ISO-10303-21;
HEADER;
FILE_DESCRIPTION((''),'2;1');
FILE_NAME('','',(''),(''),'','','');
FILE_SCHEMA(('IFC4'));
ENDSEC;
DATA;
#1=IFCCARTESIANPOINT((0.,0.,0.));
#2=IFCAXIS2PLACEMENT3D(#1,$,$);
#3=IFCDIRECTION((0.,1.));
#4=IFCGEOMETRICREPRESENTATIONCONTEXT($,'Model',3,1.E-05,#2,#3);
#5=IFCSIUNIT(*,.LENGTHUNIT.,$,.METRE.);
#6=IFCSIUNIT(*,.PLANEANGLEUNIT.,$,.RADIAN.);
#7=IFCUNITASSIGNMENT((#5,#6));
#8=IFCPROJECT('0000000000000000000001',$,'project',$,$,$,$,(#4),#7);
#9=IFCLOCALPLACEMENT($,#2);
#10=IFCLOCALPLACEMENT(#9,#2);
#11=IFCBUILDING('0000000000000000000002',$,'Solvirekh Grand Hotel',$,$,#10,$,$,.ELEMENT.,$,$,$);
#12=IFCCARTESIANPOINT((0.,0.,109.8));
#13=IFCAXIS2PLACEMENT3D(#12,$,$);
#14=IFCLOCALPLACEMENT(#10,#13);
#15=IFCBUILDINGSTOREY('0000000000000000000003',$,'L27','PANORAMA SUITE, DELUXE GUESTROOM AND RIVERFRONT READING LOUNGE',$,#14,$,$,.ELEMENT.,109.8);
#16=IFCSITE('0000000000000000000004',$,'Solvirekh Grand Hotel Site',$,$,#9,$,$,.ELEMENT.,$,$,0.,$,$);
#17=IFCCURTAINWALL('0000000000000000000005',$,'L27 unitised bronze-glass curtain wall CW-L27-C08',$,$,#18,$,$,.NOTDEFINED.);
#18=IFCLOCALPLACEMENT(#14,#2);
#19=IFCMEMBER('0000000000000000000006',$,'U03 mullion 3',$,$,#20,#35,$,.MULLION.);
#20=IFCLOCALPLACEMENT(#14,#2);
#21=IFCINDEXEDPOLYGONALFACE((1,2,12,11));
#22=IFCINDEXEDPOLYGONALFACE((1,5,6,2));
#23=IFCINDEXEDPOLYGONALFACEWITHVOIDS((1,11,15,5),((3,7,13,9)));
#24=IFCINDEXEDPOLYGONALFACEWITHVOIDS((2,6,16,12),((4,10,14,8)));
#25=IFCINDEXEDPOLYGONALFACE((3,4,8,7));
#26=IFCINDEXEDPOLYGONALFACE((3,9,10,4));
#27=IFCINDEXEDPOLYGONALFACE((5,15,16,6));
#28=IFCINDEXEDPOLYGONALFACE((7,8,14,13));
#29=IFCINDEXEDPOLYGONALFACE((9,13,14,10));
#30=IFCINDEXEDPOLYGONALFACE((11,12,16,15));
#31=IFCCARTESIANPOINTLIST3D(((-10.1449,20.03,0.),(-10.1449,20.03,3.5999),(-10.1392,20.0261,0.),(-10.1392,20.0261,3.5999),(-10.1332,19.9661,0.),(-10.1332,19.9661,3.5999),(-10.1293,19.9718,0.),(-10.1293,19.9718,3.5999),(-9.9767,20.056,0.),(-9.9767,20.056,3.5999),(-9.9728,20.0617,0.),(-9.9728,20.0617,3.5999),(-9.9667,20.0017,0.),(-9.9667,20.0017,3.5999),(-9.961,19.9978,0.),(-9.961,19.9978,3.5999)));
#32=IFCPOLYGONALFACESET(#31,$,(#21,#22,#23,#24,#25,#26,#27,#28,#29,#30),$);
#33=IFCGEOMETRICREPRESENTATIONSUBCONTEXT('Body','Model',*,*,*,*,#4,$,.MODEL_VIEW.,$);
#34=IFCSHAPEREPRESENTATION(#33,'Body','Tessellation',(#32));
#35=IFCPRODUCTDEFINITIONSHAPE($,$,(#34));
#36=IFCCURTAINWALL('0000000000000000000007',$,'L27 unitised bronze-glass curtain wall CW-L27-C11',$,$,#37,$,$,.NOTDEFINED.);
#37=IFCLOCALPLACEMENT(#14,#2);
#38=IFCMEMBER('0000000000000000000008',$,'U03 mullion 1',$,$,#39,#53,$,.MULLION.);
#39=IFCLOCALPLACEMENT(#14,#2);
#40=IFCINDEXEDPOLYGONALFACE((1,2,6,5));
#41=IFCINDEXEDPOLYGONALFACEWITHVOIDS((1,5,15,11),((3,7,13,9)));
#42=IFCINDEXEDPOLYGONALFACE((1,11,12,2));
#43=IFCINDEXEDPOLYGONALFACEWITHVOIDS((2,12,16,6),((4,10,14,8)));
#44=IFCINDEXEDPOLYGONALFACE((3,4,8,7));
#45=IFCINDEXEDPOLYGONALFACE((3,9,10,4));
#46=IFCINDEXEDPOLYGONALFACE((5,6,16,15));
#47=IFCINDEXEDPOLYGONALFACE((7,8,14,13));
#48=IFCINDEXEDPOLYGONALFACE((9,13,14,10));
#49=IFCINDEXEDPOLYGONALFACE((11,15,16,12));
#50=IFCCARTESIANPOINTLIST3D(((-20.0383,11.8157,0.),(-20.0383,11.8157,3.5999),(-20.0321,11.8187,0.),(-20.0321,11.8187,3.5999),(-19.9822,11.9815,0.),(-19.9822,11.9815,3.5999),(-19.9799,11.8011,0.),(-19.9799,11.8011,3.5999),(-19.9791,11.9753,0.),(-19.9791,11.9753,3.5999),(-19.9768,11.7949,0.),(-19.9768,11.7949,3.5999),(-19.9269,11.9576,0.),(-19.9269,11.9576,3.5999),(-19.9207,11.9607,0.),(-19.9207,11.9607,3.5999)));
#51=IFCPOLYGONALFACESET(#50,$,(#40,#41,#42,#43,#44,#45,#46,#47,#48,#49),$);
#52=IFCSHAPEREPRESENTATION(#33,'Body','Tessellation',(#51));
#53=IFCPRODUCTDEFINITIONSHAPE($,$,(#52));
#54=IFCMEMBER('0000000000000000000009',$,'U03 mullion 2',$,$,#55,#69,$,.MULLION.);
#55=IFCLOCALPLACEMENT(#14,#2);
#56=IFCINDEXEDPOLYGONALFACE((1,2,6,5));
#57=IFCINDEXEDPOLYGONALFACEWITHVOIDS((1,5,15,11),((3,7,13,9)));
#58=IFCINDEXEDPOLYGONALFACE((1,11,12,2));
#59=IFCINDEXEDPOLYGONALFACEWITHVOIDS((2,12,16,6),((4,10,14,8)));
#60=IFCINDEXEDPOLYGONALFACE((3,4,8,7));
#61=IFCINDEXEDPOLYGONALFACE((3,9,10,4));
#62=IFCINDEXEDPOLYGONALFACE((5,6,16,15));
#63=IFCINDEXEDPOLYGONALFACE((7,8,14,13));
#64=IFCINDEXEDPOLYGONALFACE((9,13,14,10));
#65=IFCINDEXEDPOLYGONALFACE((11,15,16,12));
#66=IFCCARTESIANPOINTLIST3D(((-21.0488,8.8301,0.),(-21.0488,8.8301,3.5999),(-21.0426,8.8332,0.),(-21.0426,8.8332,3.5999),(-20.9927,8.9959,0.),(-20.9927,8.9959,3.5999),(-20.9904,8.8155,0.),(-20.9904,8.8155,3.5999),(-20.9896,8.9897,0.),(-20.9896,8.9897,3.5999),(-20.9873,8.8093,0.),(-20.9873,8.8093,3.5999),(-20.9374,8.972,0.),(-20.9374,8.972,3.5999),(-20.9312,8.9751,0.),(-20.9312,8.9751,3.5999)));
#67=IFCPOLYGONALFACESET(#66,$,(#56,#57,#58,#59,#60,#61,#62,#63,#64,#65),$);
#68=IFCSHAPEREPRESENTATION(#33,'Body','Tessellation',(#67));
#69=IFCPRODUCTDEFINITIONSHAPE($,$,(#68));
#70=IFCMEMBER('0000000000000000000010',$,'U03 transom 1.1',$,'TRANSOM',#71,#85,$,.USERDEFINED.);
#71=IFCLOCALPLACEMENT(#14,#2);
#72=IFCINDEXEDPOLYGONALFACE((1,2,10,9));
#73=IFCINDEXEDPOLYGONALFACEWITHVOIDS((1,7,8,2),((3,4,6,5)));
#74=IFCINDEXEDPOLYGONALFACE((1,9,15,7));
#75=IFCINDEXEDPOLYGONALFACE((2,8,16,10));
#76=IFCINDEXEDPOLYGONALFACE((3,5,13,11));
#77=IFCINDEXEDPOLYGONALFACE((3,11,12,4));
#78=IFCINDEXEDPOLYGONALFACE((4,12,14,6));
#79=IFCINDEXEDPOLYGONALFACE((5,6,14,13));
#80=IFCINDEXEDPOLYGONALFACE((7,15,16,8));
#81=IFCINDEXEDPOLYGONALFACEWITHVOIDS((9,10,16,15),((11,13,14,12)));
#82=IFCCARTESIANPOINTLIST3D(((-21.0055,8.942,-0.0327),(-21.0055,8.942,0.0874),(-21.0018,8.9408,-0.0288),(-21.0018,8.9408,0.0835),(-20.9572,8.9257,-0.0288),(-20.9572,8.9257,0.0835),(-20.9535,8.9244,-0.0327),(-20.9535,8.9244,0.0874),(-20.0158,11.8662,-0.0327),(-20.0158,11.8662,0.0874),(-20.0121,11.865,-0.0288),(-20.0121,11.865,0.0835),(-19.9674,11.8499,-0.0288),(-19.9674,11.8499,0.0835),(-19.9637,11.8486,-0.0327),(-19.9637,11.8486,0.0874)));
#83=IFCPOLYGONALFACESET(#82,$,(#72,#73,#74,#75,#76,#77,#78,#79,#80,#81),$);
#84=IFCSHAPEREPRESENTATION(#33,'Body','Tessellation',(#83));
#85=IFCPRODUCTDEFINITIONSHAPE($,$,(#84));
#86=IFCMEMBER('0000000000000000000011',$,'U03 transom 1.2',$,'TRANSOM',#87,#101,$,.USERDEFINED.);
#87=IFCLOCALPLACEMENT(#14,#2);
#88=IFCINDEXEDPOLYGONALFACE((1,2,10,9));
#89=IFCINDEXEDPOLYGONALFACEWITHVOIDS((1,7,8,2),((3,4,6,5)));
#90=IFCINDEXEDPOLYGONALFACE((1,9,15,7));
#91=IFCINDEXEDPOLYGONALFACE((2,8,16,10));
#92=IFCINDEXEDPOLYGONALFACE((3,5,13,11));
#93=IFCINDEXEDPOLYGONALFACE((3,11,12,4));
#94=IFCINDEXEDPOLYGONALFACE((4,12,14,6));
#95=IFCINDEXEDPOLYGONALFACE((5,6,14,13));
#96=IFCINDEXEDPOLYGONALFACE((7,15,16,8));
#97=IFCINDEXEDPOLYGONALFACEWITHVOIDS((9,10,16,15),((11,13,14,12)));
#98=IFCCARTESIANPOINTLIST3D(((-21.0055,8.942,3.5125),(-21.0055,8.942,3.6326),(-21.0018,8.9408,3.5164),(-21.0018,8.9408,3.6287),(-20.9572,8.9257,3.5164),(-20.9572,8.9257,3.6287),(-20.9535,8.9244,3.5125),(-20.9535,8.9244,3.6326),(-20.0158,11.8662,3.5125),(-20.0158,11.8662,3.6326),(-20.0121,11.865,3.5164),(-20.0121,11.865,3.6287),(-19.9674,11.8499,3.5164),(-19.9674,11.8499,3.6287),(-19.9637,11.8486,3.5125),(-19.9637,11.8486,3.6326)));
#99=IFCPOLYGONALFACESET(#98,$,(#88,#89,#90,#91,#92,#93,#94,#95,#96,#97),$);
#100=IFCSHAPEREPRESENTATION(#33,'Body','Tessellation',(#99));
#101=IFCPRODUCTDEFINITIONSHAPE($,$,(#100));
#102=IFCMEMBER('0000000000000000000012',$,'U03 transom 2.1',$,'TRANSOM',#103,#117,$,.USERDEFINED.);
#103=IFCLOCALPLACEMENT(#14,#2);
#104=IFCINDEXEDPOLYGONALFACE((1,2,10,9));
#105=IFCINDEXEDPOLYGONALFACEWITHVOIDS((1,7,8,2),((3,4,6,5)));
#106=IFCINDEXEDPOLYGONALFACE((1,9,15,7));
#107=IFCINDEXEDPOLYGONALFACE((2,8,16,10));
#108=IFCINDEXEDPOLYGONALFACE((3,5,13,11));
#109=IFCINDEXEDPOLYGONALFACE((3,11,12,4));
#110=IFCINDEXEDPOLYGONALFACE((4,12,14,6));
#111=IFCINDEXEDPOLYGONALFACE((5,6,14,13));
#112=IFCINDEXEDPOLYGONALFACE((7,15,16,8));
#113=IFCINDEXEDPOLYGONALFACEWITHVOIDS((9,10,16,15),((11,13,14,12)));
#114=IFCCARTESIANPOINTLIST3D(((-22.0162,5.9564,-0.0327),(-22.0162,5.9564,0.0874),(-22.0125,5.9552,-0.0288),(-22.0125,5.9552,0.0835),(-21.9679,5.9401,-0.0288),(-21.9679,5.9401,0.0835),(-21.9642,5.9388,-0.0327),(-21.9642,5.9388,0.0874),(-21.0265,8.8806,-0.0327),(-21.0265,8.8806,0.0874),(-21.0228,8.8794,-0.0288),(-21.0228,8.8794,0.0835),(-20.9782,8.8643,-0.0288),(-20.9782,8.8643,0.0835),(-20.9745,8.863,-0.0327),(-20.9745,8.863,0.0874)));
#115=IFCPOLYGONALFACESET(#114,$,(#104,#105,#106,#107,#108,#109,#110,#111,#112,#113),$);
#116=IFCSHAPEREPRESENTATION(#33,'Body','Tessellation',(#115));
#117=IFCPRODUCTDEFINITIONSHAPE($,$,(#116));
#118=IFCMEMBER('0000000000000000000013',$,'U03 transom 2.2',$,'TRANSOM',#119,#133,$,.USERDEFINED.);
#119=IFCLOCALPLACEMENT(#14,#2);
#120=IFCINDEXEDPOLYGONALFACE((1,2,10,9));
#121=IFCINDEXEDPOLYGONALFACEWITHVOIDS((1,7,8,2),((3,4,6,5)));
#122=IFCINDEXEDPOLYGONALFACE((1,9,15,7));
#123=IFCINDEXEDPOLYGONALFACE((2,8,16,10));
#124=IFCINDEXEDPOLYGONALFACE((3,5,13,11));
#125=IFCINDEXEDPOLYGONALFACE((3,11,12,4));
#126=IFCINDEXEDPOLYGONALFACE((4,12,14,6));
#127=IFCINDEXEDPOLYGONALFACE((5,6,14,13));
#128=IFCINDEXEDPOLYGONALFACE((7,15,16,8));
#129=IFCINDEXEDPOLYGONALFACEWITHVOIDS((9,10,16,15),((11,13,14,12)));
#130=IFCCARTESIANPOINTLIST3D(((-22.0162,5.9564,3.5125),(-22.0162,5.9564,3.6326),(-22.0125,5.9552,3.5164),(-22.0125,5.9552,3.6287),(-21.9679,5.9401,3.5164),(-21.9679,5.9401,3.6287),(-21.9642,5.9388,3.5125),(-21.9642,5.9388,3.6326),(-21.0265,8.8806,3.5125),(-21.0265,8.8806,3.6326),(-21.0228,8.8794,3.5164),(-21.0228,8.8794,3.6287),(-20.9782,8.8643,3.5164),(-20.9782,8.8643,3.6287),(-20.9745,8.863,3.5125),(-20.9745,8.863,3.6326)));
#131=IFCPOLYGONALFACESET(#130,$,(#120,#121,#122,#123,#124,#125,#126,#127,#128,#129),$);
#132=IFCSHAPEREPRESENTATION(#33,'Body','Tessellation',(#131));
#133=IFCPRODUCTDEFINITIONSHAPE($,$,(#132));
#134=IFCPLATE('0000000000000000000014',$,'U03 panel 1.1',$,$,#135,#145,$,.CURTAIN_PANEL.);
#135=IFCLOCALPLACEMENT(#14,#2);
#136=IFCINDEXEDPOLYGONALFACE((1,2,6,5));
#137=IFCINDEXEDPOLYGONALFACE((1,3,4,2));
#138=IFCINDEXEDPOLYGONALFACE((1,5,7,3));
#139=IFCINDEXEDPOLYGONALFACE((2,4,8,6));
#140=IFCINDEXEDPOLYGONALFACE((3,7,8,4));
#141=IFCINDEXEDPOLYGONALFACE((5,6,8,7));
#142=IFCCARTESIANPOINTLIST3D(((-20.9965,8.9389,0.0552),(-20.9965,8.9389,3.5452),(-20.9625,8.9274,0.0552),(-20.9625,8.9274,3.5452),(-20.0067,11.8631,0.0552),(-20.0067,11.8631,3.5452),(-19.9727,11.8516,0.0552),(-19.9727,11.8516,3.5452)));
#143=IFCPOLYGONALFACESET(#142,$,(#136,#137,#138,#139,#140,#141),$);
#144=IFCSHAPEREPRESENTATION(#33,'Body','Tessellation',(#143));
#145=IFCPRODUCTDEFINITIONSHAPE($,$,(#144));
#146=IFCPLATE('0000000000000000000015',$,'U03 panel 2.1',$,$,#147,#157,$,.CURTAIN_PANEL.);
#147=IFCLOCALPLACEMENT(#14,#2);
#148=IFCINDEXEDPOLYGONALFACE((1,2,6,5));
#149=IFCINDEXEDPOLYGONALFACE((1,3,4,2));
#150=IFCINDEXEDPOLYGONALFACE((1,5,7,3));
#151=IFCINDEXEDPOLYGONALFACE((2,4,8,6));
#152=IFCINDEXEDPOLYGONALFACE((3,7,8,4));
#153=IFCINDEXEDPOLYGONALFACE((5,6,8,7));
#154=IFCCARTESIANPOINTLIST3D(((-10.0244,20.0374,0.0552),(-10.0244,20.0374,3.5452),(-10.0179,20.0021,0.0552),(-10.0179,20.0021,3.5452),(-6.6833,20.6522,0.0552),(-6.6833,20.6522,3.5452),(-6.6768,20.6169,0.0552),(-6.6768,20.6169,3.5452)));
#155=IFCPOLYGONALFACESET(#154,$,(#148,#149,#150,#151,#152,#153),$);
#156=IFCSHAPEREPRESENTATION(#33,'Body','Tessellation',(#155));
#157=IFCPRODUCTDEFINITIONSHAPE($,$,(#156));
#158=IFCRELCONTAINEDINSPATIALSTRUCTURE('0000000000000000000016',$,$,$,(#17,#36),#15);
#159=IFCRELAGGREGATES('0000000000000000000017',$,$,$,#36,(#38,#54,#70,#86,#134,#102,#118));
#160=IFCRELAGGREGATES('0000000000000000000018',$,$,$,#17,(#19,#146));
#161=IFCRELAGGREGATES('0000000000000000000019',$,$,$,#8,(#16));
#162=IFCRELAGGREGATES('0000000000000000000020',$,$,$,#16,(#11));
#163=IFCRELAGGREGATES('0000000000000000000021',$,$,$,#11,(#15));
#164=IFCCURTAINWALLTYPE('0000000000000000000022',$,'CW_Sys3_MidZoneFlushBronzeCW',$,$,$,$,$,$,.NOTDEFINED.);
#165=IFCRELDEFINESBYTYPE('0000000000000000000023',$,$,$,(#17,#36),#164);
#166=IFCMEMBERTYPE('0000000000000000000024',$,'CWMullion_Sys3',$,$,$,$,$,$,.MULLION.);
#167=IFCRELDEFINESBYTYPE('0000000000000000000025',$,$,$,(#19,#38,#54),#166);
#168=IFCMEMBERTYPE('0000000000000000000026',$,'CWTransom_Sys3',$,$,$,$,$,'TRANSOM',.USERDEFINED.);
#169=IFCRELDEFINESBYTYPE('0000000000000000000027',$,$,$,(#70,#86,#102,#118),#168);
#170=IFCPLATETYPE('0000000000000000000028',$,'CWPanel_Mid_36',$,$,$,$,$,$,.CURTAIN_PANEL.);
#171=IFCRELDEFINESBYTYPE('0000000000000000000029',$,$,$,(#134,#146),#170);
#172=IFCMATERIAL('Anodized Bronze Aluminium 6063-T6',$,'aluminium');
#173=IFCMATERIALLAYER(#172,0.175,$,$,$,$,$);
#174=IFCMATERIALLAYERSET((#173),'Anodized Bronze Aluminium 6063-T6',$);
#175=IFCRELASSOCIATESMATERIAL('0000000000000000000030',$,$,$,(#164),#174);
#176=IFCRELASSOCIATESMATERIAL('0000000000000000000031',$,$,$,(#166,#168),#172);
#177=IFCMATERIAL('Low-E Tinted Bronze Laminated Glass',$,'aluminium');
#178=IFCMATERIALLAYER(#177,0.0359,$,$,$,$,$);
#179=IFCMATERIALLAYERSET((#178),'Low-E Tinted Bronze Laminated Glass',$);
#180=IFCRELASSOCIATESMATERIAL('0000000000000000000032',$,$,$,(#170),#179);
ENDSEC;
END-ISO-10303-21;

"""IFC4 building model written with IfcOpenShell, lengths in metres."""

from ifc_helpers import new_model, si_unit, direction, frame, origin, origin_2d, place, context, subcontext, project, spatial, rectangle, hollow_rectangle, extrude, source, transform, mapped, material, layer, layer_set, material_profile, profile_set, type_object, element, aggregate, save


model = new_model("IFC4")

# Units and contexts
model_context = context("Model", 3, precision=1e-05, world=origin(), true_north=direction((0.0, 1.0)))
body_context = subcontext(model_context, "Body", "Model", "MODEL_VIEW")
ifc_project = project(units=[si_unit("LENGTHUNIT", "METRE"), si_unit("PLANEANGLEUNIT", "RADIAN")], contexts=[model_context])

# Site, building, storey
site_placement = place(None, origin())
site = spatial("IfcSite", under=ifc_project, at=site_placement, Name="Solvirekh Grand Hotel Site", CompositionType="ELEMENT", RefElevation=0.0)
building_placement = place(site_placement, origin())
building = spatial("IfcBuilding", under=site, at=building_placement, Name="Solvirekh Grand Hotel", CompositionType="ELEMENT")
storey_placement = place(building_placement, frame((0.0, 0.0, 109.8)))
storey = spatial("IfcBuildingStorey", under=building, at=storey_placement, Name="L27", Description="PANORAMA SUITE, DELUXE GUESTROOM AND RIVERFRONT READING LOUNGE", CompositionType="ELEMENT", Elevation=109.8)

# Curtain wall, member
ifc_material_1 = material(Name="Anodized Bronze Aluminium 6063-T6", Category="aluminium")
ifc_layer_1 = layer(ifc_material_1, 0.175)
ifc_layer_set_1 = layer_set([ifc_layer_1], Name="Anodized Bronze Aluminium 6063-T6")
curtain_wall_type = type_object("IfcCurtainWallType", Name="CW_Sys3_MidZoneFlushBronzeCW", PredefinedType="NOTDEFINED", material=ifc_layer_set_1)
curtain_wall_1_placement = place(storey_placement, origin())
curtain_wall_1 = element("IfcCurtainWall", 1, at=curtain_wall_1_placement, inside=storey, type_object=curtain_wall_type, Name="L27 unitised bronze-glass curtain wall CW-L27-C08", PredefinedType="NOTDEFINED")
ifc_material_profile_1 = material_profile(ifc_material_1, hollow_rectangle(XDim=0.0649, YDim=0.175, WallThickness=0.0049, at=origin_2d()), Name="ALU RHS 175X65X5")
ifc_profile_set_1 = profile_set([ifc_material_profile_1], Name="Anodized Bronze Aluminium 6063-T6")
member_type_1 = type_object("IfcMemberType", Name="CWMullion_Sys3", PredefinedType="MULLION", material=ifc_profile_set_1)
shared_shape_1 = source(origin(), body_context, "Body", "SweptSolid", [
    extrude(hollow_rectangle(XDim=0.0649, YDim=0.175, WallThickness=0.0049, at=origin_2d()), origin(), (0.0, 0.0, 1.0), 3.5999),
])
member_1_placement = place(storey_placement, frame((-10.053, 20.0139, 0.0), z_axis=(0.0, 0.0, 1.0), x_axis=(0.180988, -0.983485, 0.0)))
member_1 = element("IfcMember", 2, at=member_1_placement, type_object=member_type_1, Name="U03 mullion 3", PredefinedType="MULLION", context=body_context, shape_type="MappedRepresentation", body=[
    mapped(shared_shape_1, transform((0.0, 0.0, 0.0), x_axis=(1.0, 0.0, 0.0), y_axis=(0.0, 1.0, 0.0), z_axis=(0.0, 0.0, 1.0), scale=1.0)),
])

# Curtain wall, members, plate
curtain_wall_2_placement = place(storey_placement, origin())
curtain_wall_2 = element("IfcCurtainWall", 3, at=curtain_wall_2_placement, inside=storey, type_object=curtain_wall_type, Name="L27 unitised bronze-glass curtain wall CW-L27-C11", PredefinedType="NOTDEFINED")
member_2_placement = place(storey_placement, frame((-19.9795, 11.8882, 0.0), z_axis=(0.0, 0.0, 1.0), x_axis=(0.947213, -0.320605, 0.0)))
member_2 = element("IfcMember", 4, at=member_2_placement, type_object=member_type_1, Name="U03 mullion 1", PredefinedType="MULLION", context=body_context, shape_type="MappedRepresentation", body=[
    mapped(shared_shape_1, transform((0.0, 0.0, 0.0), x_axis=(1.0, 0.0, 0.0), y_axis=(0.0, 1.0, 0.0), z_axis=(0.0, 0.0, 1.0), scale=1.0)),
])
member_3_placement = place(storey_placement, frame((-20.99, 8.9026, 0.0), z_axis=(0.0, 0.0, 1.0), x_axis=(0.947213, -0.320605, 0.0)))
member_3 = element("IfcMember", 5, at=member_3_placement, type_object=member_type_1, Name="U03 mullion 2", PredefinedType="MULLION", context=body_context, shape_type="MappedRepresentation", body=[
    mapped(shared_shape_1, transform((0.0, 0.0, 0.0), x_axis=(1.0, 0.0, 0.0), y_axis=(0.0, 1.0, 0.0), z_axis=(0.0, 0.0, 1.0), scale=1.0)),
])
ifc_material_profile_2 = material_profile(ifc_material_1, hollow_rectangle(XDim=0.0549, YDim=0.1201, WallThickness=0.0039, at=origin_2d()), Name="ALU RHS 120X55X4")
ifc_profile_set_2 = profile_set([ifc_material_profile_2], Name="Anodized Bronze Aluminium 6063-T6")
member_type_2 = type_object("IfcMemberType", Name="CWTransom_Sys3", ElementType="TRANSOM", PredefinedType="USERDEFINED", material=ifc_profile_set_2)
shared_shape_2 = source(origin(), body_context, "Body", "SweptSolid", [
    extrude(hollow_rectangle(XDim=0.0549, YDim=0.1201, WallThickness=0.0039, at=origin_2d()), origin(), (0.0, 0.0, 1.0), 3.0872),
])
member_4_placement = place(storey_placement, frame((-19.9897, 11.8574, 0.0273), z_axis=(-0.320614, -0.94721, 0.0), x_axis=(0.94721, -0.320614, 0.0)))
member_4 = element("IfcMember", 6, at=member_4_placement, type_object=member_type_2, Name="U03 transom 1.1", ObjectType="TRANSOM", PredefinedType="USERDEFINED", context=body_context, shape_type="MappedRepresentation", body=[
    mapped(shared_shape_2, transform((0.0, 0.0, 0.0), x_axis=(1.0, 0.0, 0.0), y_axis=(0.0, 1.0, 0.0), z_axis=(0.0, 0.0, 1.0), scale=1.0)),
])
member_5_placement = place(storey_placement, frame((-19.9897, 11.8574, 3.5725), z_axis=(-0.320614, -0.94721, 0.0), x_axis=(0.94721, -0.320614, 0.0)))
member_5 = element("IfcMember", 7, at=member_5_placement, type_object=member_type_2, Name="U03 transom 1.2", ObjectType="TRANSOM", PredefinedType="USERDEFINED", context=body_context, shape_type="MappedRepresentation", body=[
    mapped(shared_shape_2, transform((0.0, 0.0, 0.0), x_axis=(1.0, 0.0, 0.0), y_axis=(0.0, 1.0, 0.0), z_axis=(0.0, 0.0, 1.0), scale=1.0)),
])
member_6_placement = place(storey_placement, frame((-21.0005, 8.8718, 0.0273), z_axis=(-0.32059, -0.947218, 0.0), x_axis=(0.947218, -0.32059, 0.0)))
member_6 = element("IfcMember", 8, at=member_6_placement, type_object=member_type_2, Name="U03 transom 2.1", ObjectType="TRANSOM", PredefinedType="USERDEFINED", context=body_context, shape_type="MappedRepresentation", body=[
    mapped(shared_shape_2, transform((0.0, 0.0, 0.0), x_axis=(1.0, 0.0, 0.0), y_axis=(0.0, 1.0, 0.0), z_axis=(0.0, 0.0, 1.0), scale=1.0)),
])
member_7_placement = place(storey_placement, frame((-21.0005, 8.8718, 3.5725), z_axis=(-0.32059, -0.947218, 0.0), x_axis=(0.947218, -0.32059, 0.0)))
member_7 = element("IfcMember", 9, at=member_7_placement, type_object=member_type_2, Name="U03 transom 2.2", ObjectType="TRANSOM", PredefinedType="USERDEFINED", context=body_context, shape_type="MappedRepresentation", body=[
    mapped(shared_shape_2, transform((0.0, 0.0, 0.0), x_axis=(1.0, 0.0, 0.0), y_axis=(0.0, 1.0, 0.0), z_axis=(0.0, 0.0, 1.0), scale=1.0)),
])
ifc_material_2 = material(Name="Low-E Tinted Bronze Laminated Glass", Category="aluminium")
ifc_layer_2 = layer(ifc_material_2, 0.0359)
ifc_layer_set_2 = layer_set([ifc_layer_2], Name="Low-E Tinted Bronze Laminated Glass")
plate_type = type_object("IfcPlateType", Name="CWPanel_Mid_36", PredefinedType="CURTAIN_PANEL", material=ifc_layer_set_2)
shared_shape_3 = source(origin(), body_context, "Body", "SweptSolid", [
    extrude(rectangle(XDim=3.0872, YDim=0.0359, at=origin_2d()), origin(), (0.0, 0.0, 1.0), 3.49),
])
plate_1_placement = place(storey_placement, frame((-20.4846, 10.3953, 0.0552), z_axis=(0.0, 0.0, 1.0), x_axis=(-0.320605, -0.947213, 0.0)))
plate_1 = element("IfcPlate", 10, at=plate_1_placement, type_object=plate_type, Name="U03 panel 1.1", PredefinedType="CURTAIN_PANEL", context=body_context, shape_type="MappedRepresentation", body=[
    mapped(shared_shape_3, transform((0.0, 0.0, 0.0), x_axis=(1.0, 0.0, 0.0), y_axis=(0.0, 1.0, 0.0), z_axis=(0.0, 0.0, 1.0), scale=1.0)),
])
aggregate(curtain_wall_2, [member_2, member_3, member_4, member_5, plate_1, member_6, member_7])

# Plate
shared_shape_4 = source(origin(), body_context, "Body", "SweptSolid", [
    extrude(rectangle(XDim=3.3972, YDim=0.0359, at=origin_2d()), origin(), (0.0, 0.0, 1.0), 3.49),
])
plate_2_placement = place(storey_placement, frame((-8.3506, 20.3271, 0.0552), z_axis=(0.0, 0.0, 1.0), x_axis=(-0.983485, -0.180988, 0.0)))
plate_2 = element("IfcPlate", 11, at=plate_2_placement, type_object=plate_type, Name="U03 panel 2.1", PredefinedType="CURTAIN_PANEL", context=body_context, shape_type="MappedRepresentation", body=[
    mapped(shared_shape_4, transform((0.0, 0.0, 0.0), x_axis=(1.0, 0.0, 0.0), y_axis=(0.0, 1.0, 0.0), z_axis=(0.0, 0.0, 1.0), scale=1.0)),
])
aggregate(curtain_wall_1, [member_1, plate_2])

save(model, "model.ifc")
